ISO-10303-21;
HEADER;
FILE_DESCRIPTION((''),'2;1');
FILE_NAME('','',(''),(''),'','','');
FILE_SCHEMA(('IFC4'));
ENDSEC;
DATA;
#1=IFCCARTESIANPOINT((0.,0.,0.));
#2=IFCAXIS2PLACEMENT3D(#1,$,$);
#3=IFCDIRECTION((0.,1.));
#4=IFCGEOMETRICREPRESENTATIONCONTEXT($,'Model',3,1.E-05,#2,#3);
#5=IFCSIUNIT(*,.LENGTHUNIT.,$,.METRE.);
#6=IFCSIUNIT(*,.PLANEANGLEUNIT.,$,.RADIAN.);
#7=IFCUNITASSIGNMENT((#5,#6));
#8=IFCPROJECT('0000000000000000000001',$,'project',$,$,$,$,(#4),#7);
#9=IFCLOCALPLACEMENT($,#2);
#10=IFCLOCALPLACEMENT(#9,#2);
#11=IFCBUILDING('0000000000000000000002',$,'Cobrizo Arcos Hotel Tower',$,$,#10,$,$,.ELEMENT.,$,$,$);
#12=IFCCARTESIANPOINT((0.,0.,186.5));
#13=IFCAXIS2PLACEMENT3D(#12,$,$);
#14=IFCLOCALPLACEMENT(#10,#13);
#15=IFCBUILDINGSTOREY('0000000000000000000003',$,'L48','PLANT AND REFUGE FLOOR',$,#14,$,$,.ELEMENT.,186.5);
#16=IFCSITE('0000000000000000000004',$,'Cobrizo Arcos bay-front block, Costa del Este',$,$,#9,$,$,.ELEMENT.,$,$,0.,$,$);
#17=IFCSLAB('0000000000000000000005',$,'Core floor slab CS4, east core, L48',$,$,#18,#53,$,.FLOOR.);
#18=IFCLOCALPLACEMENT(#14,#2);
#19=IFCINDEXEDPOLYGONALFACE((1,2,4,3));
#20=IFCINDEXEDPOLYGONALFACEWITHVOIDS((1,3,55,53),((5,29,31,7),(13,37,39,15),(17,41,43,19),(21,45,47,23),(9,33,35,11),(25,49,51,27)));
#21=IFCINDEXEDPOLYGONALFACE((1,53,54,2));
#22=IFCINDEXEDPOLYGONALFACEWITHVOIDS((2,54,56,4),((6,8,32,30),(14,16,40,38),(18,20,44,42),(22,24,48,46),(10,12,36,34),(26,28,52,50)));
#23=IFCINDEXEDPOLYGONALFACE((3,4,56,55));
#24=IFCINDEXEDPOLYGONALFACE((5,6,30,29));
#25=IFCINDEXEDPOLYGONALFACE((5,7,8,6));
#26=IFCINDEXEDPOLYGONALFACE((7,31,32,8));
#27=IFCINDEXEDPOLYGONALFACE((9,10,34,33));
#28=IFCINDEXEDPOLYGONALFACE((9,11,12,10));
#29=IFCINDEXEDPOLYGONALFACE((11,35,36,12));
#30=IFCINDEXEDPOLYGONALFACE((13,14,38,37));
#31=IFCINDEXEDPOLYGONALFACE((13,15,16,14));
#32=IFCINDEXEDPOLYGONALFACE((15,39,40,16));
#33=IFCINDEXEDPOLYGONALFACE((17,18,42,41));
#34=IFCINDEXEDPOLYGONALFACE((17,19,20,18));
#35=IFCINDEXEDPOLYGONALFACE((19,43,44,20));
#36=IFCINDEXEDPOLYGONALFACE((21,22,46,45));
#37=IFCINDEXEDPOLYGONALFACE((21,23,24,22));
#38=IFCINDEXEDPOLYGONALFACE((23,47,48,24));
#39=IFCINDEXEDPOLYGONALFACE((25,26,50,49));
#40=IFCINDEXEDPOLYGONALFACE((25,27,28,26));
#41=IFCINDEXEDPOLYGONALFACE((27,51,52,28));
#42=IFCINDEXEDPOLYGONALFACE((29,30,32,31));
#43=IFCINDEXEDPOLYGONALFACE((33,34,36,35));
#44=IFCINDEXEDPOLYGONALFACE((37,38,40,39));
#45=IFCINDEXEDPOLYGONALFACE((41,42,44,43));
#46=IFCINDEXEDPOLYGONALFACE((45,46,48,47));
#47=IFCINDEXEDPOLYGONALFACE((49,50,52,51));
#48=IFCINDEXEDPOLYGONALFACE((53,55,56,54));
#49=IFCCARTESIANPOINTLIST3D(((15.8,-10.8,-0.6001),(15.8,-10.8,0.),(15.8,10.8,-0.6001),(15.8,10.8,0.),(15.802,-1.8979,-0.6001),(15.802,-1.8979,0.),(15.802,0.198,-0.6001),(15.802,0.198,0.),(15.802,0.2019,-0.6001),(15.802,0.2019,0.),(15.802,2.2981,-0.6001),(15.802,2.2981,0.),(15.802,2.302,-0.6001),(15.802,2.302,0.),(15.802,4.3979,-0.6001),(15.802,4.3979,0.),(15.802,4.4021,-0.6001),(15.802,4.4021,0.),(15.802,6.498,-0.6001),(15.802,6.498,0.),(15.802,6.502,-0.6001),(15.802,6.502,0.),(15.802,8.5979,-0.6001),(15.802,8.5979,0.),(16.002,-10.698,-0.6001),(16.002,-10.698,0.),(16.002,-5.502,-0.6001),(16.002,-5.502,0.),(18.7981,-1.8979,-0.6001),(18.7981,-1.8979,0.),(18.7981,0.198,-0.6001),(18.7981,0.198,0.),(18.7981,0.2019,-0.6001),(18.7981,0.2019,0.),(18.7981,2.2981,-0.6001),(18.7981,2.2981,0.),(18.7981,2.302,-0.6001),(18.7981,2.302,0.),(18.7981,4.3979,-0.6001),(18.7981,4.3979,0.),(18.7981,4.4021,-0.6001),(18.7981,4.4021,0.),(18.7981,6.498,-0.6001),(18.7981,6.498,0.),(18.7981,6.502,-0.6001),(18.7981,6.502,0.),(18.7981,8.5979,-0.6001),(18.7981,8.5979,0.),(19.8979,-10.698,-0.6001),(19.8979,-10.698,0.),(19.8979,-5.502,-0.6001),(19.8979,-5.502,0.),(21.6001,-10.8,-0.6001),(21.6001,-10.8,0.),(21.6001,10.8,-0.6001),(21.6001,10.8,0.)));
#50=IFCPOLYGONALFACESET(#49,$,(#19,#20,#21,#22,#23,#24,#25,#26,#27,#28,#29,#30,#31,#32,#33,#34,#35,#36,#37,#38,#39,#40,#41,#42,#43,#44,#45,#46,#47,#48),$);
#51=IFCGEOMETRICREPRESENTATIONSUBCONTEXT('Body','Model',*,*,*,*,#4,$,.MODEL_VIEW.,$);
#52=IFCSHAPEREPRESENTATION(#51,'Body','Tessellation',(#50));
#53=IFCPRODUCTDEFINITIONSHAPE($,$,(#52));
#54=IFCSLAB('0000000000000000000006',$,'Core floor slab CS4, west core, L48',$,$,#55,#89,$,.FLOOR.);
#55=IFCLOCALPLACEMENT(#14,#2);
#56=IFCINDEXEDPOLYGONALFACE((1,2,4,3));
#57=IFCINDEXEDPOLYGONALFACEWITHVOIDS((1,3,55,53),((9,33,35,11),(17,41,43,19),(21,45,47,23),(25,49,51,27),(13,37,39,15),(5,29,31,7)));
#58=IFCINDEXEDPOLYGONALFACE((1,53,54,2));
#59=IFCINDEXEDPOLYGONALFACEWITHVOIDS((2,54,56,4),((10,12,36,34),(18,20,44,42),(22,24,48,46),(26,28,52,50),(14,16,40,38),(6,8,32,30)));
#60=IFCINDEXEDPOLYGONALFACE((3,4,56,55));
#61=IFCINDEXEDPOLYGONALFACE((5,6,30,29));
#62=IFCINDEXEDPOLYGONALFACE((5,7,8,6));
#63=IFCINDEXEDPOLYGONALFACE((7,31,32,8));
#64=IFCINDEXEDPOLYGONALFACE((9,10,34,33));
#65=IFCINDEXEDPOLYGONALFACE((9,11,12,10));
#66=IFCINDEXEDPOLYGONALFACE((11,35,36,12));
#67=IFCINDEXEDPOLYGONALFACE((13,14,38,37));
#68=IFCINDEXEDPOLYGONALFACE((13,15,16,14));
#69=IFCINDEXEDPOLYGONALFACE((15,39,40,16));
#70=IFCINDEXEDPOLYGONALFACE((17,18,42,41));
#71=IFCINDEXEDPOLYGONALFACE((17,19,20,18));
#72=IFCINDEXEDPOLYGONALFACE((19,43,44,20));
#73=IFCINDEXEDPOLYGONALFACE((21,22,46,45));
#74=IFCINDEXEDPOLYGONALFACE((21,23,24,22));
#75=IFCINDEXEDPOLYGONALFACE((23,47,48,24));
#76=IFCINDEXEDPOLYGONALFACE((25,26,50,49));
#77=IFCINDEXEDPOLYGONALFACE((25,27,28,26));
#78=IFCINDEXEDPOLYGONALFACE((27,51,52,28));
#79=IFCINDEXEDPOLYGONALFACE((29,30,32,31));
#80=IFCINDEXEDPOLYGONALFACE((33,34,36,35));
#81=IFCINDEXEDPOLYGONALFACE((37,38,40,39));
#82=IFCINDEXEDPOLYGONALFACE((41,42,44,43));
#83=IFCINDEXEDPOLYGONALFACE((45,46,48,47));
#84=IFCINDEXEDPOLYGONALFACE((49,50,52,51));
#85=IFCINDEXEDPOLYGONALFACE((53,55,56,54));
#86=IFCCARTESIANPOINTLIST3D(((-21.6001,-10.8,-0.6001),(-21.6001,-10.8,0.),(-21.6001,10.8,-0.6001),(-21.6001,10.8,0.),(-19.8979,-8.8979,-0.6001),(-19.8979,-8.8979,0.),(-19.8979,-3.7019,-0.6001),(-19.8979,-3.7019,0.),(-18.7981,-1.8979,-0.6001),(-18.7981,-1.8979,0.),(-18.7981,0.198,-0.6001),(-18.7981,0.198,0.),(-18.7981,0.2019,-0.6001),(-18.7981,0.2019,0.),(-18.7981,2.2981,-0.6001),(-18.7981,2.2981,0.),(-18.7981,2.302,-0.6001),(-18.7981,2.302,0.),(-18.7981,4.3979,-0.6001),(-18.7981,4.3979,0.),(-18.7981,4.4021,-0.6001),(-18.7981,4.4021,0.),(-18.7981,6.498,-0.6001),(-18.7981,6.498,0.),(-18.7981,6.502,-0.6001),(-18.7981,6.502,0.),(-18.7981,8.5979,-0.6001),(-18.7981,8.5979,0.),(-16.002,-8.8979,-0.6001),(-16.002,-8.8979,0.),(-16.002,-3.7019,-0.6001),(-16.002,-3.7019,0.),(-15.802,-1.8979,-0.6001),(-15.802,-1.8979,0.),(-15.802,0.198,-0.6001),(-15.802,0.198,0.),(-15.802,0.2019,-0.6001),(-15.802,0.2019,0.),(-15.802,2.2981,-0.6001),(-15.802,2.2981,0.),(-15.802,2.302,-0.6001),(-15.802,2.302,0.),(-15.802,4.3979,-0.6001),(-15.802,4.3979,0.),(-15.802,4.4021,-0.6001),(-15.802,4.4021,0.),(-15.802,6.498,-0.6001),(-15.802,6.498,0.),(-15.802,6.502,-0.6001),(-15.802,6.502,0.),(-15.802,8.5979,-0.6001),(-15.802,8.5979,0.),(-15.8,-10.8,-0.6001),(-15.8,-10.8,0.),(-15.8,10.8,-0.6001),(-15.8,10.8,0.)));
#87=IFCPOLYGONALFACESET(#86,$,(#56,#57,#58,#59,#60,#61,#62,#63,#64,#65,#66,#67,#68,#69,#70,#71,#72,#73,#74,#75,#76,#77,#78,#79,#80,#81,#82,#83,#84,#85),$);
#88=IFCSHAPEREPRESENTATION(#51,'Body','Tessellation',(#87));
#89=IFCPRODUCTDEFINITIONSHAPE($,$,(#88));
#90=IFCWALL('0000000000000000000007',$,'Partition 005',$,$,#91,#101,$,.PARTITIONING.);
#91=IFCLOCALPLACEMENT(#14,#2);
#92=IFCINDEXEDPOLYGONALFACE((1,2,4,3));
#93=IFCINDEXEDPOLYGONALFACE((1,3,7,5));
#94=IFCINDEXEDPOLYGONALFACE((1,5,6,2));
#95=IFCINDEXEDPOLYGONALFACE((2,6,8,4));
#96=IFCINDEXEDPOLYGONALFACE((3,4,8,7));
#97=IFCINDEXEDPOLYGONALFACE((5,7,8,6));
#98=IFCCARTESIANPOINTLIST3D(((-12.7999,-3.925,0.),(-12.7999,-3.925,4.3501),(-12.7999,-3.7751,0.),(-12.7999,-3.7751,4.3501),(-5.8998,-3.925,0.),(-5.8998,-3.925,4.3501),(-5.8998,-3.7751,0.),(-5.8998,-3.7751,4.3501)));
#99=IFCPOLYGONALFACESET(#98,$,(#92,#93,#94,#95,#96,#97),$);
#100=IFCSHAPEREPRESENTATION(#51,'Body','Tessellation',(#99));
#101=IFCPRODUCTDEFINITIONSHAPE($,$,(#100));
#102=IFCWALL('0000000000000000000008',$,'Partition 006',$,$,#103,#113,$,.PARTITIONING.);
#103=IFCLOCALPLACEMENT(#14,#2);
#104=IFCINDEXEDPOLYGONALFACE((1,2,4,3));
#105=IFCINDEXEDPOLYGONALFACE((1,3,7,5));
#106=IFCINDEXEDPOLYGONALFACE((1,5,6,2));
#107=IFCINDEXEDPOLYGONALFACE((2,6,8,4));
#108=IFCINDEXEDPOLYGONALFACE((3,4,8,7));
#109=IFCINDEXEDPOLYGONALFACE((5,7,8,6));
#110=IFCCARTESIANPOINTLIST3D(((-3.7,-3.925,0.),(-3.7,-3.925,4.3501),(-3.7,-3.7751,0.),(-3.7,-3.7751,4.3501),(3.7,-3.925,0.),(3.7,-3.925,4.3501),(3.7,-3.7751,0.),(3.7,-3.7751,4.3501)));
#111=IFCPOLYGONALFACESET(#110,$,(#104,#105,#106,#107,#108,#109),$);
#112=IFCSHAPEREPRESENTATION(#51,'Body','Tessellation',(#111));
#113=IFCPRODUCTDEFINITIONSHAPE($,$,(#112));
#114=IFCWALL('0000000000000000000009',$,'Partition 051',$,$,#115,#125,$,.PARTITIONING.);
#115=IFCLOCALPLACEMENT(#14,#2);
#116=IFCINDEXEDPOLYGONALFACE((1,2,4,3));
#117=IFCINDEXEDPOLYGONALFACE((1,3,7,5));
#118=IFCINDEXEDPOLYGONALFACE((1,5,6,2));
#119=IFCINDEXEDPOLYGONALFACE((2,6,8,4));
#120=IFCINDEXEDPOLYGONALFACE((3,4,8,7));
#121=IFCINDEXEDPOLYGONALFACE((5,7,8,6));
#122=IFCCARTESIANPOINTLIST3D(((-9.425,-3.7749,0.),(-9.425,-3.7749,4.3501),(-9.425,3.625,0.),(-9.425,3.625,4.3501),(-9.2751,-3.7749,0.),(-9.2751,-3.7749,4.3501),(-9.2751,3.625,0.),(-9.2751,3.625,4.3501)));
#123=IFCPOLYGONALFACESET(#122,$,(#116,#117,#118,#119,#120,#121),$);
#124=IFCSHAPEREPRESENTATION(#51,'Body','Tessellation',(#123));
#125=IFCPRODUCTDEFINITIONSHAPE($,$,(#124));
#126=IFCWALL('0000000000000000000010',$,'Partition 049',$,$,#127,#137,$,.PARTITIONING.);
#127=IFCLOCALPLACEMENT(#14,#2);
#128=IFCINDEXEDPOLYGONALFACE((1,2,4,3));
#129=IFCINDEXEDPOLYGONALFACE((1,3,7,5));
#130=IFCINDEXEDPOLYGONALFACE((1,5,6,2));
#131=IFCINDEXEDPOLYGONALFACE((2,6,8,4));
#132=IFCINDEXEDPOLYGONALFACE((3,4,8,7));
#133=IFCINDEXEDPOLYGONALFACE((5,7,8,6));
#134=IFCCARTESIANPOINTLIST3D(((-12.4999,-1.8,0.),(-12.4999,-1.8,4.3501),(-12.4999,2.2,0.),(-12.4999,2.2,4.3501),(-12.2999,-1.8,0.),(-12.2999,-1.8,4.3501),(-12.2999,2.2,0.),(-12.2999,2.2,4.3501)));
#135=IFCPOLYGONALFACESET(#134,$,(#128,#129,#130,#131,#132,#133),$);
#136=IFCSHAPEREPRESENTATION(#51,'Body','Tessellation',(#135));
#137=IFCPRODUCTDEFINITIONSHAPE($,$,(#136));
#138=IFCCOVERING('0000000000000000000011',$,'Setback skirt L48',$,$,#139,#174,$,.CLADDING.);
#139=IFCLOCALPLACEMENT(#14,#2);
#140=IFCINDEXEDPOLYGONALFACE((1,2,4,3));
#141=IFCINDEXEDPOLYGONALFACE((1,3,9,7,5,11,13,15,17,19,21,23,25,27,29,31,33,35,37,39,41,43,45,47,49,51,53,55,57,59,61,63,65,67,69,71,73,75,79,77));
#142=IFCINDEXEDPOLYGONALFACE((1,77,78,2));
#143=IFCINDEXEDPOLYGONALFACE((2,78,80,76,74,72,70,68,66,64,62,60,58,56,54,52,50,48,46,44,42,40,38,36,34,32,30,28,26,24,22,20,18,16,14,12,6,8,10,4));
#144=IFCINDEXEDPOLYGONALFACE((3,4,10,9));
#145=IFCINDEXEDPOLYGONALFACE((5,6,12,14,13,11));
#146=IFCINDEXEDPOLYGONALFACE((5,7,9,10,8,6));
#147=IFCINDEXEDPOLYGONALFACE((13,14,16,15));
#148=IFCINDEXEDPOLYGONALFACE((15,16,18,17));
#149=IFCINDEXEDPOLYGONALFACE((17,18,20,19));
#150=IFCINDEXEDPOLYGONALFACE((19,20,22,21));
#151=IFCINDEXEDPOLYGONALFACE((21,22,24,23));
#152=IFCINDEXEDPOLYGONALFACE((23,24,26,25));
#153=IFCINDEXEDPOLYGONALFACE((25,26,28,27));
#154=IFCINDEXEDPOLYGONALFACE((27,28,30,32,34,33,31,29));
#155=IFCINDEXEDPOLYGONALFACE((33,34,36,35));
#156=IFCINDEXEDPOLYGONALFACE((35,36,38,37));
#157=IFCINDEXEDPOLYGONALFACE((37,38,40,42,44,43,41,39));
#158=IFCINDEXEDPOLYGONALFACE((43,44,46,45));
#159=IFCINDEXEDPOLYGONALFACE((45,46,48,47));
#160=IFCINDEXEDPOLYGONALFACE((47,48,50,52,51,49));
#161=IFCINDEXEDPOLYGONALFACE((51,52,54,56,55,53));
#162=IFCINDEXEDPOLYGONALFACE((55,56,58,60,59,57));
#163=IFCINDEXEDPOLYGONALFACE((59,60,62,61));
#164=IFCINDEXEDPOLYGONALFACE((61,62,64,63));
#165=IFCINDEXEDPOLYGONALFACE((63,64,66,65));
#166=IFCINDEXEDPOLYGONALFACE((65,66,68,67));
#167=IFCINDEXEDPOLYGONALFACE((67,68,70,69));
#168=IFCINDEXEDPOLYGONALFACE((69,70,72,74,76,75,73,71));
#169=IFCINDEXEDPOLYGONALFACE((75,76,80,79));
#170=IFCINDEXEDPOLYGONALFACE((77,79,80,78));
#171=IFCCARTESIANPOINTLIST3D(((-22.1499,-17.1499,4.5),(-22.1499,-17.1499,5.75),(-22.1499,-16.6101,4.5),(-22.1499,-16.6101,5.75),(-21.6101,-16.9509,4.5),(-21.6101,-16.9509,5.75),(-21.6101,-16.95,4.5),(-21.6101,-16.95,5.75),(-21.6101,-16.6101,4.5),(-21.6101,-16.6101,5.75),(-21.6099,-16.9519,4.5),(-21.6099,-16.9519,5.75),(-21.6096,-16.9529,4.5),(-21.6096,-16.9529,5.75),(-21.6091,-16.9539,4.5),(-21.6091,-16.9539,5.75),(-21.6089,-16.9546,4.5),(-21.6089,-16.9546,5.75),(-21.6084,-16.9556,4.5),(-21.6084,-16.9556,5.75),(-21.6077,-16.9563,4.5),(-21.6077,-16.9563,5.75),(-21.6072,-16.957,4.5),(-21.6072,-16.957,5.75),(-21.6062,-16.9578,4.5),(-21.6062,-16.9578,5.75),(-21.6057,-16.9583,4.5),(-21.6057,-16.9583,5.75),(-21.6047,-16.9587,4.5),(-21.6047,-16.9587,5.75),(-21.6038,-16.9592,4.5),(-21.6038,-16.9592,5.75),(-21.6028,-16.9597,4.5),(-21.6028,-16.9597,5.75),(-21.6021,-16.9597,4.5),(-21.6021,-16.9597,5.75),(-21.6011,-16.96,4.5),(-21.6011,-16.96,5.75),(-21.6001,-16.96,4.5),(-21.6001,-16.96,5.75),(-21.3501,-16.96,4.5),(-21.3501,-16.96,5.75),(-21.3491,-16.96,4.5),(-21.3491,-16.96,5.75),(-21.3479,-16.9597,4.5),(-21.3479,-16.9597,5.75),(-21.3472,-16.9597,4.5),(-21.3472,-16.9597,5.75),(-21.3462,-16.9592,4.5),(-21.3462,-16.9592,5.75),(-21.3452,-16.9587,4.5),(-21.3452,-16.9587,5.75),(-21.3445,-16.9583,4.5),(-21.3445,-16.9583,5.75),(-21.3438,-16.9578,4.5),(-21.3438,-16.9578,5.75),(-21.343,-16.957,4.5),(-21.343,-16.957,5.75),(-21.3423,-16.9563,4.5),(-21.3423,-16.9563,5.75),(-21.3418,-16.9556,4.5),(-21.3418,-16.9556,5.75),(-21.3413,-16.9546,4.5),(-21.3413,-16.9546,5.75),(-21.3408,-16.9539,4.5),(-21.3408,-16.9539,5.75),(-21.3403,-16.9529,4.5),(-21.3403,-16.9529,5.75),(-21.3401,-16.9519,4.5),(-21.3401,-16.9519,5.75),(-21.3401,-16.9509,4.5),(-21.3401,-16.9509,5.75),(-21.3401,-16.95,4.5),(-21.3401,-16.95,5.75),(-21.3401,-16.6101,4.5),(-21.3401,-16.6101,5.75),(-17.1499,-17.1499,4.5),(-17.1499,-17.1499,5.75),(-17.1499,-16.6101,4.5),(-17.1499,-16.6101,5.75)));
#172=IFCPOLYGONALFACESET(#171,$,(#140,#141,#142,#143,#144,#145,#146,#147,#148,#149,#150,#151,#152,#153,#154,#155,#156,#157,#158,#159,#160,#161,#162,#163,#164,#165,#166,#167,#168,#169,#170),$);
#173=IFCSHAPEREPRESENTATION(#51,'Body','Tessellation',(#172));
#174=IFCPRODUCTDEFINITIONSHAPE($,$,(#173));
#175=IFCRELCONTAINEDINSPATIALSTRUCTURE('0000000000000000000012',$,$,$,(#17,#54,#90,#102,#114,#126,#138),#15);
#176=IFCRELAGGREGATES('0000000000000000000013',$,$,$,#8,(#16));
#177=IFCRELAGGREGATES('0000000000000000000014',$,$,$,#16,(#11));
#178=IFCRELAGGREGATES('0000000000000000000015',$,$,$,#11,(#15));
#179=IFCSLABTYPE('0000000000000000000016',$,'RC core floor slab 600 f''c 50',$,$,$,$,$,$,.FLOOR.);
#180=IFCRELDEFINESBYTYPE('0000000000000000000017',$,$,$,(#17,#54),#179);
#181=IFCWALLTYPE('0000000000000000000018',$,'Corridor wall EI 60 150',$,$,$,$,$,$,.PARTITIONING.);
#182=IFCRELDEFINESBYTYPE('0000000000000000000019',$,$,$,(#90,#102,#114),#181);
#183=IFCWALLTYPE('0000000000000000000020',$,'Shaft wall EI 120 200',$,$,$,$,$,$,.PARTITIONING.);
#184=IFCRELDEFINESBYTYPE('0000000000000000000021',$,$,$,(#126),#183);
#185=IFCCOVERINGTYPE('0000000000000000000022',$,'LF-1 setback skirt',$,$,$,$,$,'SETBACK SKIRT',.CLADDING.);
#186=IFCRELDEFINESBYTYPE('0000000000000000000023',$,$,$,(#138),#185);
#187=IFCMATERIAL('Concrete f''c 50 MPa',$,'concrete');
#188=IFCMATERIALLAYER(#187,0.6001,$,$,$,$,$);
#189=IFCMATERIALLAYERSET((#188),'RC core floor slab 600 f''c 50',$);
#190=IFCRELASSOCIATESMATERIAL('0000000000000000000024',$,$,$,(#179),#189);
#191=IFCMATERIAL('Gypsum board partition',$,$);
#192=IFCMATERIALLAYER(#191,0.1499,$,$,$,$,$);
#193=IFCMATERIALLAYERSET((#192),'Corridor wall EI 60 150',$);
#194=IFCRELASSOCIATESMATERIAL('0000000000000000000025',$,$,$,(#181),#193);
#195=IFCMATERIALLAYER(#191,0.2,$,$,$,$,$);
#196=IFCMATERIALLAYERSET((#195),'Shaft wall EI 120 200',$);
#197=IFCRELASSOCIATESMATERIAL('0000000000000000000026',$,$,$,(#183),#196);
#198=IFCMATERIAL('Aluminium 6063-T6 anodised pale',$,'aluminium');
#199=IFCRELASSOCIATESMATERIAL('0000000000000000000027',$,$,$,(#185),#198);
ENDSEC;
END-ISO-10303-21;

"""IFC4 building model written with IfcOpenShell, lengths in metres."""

from ifc_helpers import new_model, si_unit, direction, frame, frame_2d, origin, place, context, subcontext, project, spatial, polyline, rectangle, outline, extrude, material, layer, layer_set, type_object, element, save


model = new_model("IFC4")

# Units and contexts
model_context = context("Model", 3, precision=1e-05, world=origin(), true_north=direction((0.0, 1.0)))
body_context = subcontext(model_context, "Body", "Model", "MODEL_VIEW")
ifc_project = project(units=[si_unit("LENGTHUNIT", "METRE"), si_unit("PLANEANGLEUNIT", "RADIAN")], contexts=[model_context])

# Site, building, storey
site_placement = place(None, origin())
site = spatial("IfcSite", under=ifc_project, at=site_placement, Name="Cobrizo Arcos bay-front block, Costa del Este", CompositionType="ELEMENT", RefElevation=0.0)
building_placement = place(site_placement, origin())
building = spatial("IfcBuilding", under=site, at=building_placement, Name="Cobrizo Arcos Hotel Tower", CompositionType="ELEMENT")
storey_placement = place(building_placement, frame((0.0, 0.0, 186.5)))
storey = spatial("IfcBuildingStorey", under=building, at=storey_placement, Name="L48", Description="PLANT AND REFUGE FLOOR", CompositionType="ELEMENT", Elevation=186.5)

# Slabs
ifc_material_1 = material(Name="Concrete f'c 50 MPa", Category="concrete")
ifc_layer_1 = layer(ifc_material_1, 0.6001)
ifc_layer_set_1 = layer_set([ifc_layer_1], Name="RC core floor slab 600 f'c 50")
slab_type_1 = type_object("IfcSlabType", Name="RC core floor slab 600 f'c 50", PredefinedType="FLOOR", material=ifc_layer_set_1)
slab_1_placement = place(storey_placement, frame((0.0, 0.0, -0.6001)))
element("IfcSlab", 1, at=slab_1_placement, inside=storey, type_object=slab_type_1, Name="Core floor slab CS4, east core, L48", PredefinedType="FLOOR", context=body_context, shape_type="SweptSolid", body=[
    extrude(outline(polyline([(15.8, 10.8), (21.6001, 10.8), (21.6001, -10.8), (15.8, -10.8), (15.8, 10.8)]), holes=[polyline([(19.8979, -10.698), (19.8979, -5.502), (16.002, -5.502), (16.002, -10.698), (19.8979, -10.698)]), polyline([(15.802, 0.198), (15.802, -1.8979), (18.7981, -1.8979), (18.7981, 0.198), (15.802, 0.198)]), polyline([(15.802, 2.2981), (15.802, 0.2019), (18.7981, 0.2019), (18.7981, 2.2981), (15.802, 2.2981)]), polyline([(15.802, 4.3979), (15.802, 2.302), (18.7981, 2.302), (18.7981, 4.3979), (15.802, 4.3979)]), polyline([(18.7981, 6.498), (15.802, 6.498), (15.802, 4.4021), (18.7981, 4.4021), (18.7981, 6.498)]), polyline([(18.7981, 8.5979), (15.802, 8.5979), (15.802, 6.502), (18.7981, 6.502), (18.7981, 8.5979)])]), origin(), (0.0, 0.0, 1.0), 0.6001),
])
slab_2_placement = place(storey_placement, frame((0.0, 0.0, -0.6001)))
element("IfcSlab", 2, at=slab_2_placement, inside=storey, type_object=slab_type_1, Name="Core floor slab CS4, west core, L48", PredefinedType="FLOOR", context=body_context, shape_type="SweptSolid", body=[
    extrude(outline(polyline([(-21.6001, 10.8), (-15.8, 10.8), (-15.8, -10.8), (-21.6001, -10.8), (-21.6001, 10.8)]), holes=[polyline([(-19.8979, -3.7019), (-19.8979, -8.8979), (-16.002, -8.8979), (-16.002, -3.7019), (-19.8979, -3.7019)]), polyline([(-18.7981, 0.198), (-18.7981, -1.8979), (-15.802, -1.8979), (-15.802, 0.198), (-18.7981, 0.198)]), polyline([(-18.7981, 2.2981), (-18.7981, 0.2019), (-15.802, 0.2019), (-15.802, 2.2981), (-18.7981, 2.2981)]), polyline([(-18.7981, 4.3979), (-18.7981, 2.302), (-15.802, 2.302), (-15.802, 4.3979), (-18.7981, 4.3979)]), polyline([(-15.802, 6.498), (-18.7981, 6.498), (-18.7981, 4.4021), (-15.802, 4.4021), (-15.802, 6.498)]), polyline([(-15.802, 8.5979), (-18.7981, 8.5979), (-18.7981, 6.502), (-15.802, 6.502), (-15.802, 8.5979)])]), origin(), (0.0, 0.0, 1.0), 0.6001),
])

# Walls
ifc_material_2 = material(Name="Gypsum board partition")
ifc_layer_2 = layer(ifc_material_2, 0.1499)
ifc_layer_set_2 = layer_set([ifc_layer_2], Name="Corridor wall EI 60 150")
wall_type_1 = type_object("IfcWallType", Name="Corridor wall EI 60 150", PredefinedType="PARTITIONING", material=ifc_layer_set_2)
wall_1_placement = place(storey_placement, frame((-12.8, -3.8501, 0.0), z_axis=(0.0, 0.0, 1.0), x_axis=(1.0, 0.0, 0.0)))
element("IfcWall", 3, at=wall_1_placement, inside=storey, type_object=wall_type_1, Name="Partition 005", PredefinedType="PARTITIONING", context=body_context, shape_type="SweptSolid", body=[
    extrude(rectangle(XDim=6.9001, YDim=0.1499, at=frame_2d((3.4502, 0.0))), origin(), (0.0, 0.0, 1.0), 4.3501),
])
for number, where, z_axis, x_axis, name in (
    (4, (-3.7, -3.8501, 0.0), (0.0, 0.0, 1.0), (1.0, 0.0, 0.0), "Partition 006"),
    (5, (-9.3501, -3.7749, 0.0), (0.0, 0.0, 1.0), (0.0, 1.0, 0.0), "Partition 051"),
):
    element("IfcWall", number, at=place(storey_placement, frame(where, z_axis=z_axis, x_axis=x_axis)), inside=storey, type_object=wall_type_1, Name=name, PredefinedType="PARTITIONING", context=body_context, shape_type="SweptSolid", body=[
        extrude(rectangle(XDim=7.3999, YDim=0.1499, at=frame_2d((3.7, 0.0))), origin(), (0.0, 0.0, 1.0), 4.3501),
    ])
ifc_layer_3 = layer(ifc_material_2, 0.2)
ifc_layer_set_3 = layer_set([ifc_layer_3], Name="Shaft wall EI 120 200")
wall_type_2 = type_object("IfcWallType", Name="Shaft wall EI 120 200", PredefinedType="PARTITIONING", material=ifc_layer_set_3)
wall_2_placement = place(storey_placement, frame((-12.3999, -1.8, 0.0), z_axis=(0.0, 0.0, 1.0), x_axis=(0.0, 1.0, 0.0)))
element("IfcWall", 6, at=wall_2_placement, inside=storey, type_object=wall_type_2, Name="Partition 049", PredefinedType="PARTITIONING", context=body_context, shape_type="SweptSolid", body=[
    extrude(rectangle(XDim=4.0, YDim=0.2, at=frame_2d((2.0, 0.0))), origin(), (0.0, 0.0, 1.0), 4.3501),
])

# Covering
ifc_material_3 = material(Name="Aluminium 6063-T6 anodised pale", Category="aluminium")
covering_type = type_object("IfcCoveringType", Name="LF-1 setback skirt", ElementType="SETBACK SKIRT", PredefinedType="CLADDING", material=ifc_material_3)
covering_1_placement = place(storey_placement, frame((0.0, 0.0, 4.5)))
element("IfcCovering", 7, at=covering_1_placement, inside=storey, type_object=covering_type, Name="Setback skirt L48", PredefinedType="CLADDING", context=body_context, shape_type="SweptSolid", body=[
    extrude(outline(polyline([(-21.6101, -16.6101), (-22.1499, -16.6101), (-22.1499, -17.1499), (-17.1499, -17.1499), (-17.1499, -16.6101), (-21.3401, -16.6101), (-21.3401, -16.95), (-21.3401, -16.9509), (-21.3401, -16.9519), (-21.3403, -16.9529), (-21.3408, -16.9539), (-21.3413, -16.9546), (-21.3418, -16.9556), (-21.3423, -16.9563), (-21.343, -16.957), (-21.3438, -16.9578), (-21.3445, -16.9583), (-21.3452, -16.9587), (-21.3462, -16.9592), (-21.3472, -16.9597), (-21.3479, -16.9597), (-21.3491, -16.96), (-21.3501, -16.96), (-21.6001, -16.96), (-21.6011, -16.96), (-21.6021, -16.9597), (-21.6028, -16.9597), (-21.6038, -16.9592), (-21.6047, -16.9587), (-21.6057, -16.9583), (-21.6062, -16.9578), (-21.6072, -16.957), (-21.6077, -16.9563), (-21.6084, -16.9556), (-21.6089, -16.9546), (-21.6091, -16.9539), (-21.6096, -16.9529), (-21.6099, -16.9519), (-21.6101, -16.9509), (-21.6101, -16.95), (-21.6101, -16.6101)])), origin(), (0.0, 0.0, 1.0), 1.25),
])

save(model, "model.ifc")
